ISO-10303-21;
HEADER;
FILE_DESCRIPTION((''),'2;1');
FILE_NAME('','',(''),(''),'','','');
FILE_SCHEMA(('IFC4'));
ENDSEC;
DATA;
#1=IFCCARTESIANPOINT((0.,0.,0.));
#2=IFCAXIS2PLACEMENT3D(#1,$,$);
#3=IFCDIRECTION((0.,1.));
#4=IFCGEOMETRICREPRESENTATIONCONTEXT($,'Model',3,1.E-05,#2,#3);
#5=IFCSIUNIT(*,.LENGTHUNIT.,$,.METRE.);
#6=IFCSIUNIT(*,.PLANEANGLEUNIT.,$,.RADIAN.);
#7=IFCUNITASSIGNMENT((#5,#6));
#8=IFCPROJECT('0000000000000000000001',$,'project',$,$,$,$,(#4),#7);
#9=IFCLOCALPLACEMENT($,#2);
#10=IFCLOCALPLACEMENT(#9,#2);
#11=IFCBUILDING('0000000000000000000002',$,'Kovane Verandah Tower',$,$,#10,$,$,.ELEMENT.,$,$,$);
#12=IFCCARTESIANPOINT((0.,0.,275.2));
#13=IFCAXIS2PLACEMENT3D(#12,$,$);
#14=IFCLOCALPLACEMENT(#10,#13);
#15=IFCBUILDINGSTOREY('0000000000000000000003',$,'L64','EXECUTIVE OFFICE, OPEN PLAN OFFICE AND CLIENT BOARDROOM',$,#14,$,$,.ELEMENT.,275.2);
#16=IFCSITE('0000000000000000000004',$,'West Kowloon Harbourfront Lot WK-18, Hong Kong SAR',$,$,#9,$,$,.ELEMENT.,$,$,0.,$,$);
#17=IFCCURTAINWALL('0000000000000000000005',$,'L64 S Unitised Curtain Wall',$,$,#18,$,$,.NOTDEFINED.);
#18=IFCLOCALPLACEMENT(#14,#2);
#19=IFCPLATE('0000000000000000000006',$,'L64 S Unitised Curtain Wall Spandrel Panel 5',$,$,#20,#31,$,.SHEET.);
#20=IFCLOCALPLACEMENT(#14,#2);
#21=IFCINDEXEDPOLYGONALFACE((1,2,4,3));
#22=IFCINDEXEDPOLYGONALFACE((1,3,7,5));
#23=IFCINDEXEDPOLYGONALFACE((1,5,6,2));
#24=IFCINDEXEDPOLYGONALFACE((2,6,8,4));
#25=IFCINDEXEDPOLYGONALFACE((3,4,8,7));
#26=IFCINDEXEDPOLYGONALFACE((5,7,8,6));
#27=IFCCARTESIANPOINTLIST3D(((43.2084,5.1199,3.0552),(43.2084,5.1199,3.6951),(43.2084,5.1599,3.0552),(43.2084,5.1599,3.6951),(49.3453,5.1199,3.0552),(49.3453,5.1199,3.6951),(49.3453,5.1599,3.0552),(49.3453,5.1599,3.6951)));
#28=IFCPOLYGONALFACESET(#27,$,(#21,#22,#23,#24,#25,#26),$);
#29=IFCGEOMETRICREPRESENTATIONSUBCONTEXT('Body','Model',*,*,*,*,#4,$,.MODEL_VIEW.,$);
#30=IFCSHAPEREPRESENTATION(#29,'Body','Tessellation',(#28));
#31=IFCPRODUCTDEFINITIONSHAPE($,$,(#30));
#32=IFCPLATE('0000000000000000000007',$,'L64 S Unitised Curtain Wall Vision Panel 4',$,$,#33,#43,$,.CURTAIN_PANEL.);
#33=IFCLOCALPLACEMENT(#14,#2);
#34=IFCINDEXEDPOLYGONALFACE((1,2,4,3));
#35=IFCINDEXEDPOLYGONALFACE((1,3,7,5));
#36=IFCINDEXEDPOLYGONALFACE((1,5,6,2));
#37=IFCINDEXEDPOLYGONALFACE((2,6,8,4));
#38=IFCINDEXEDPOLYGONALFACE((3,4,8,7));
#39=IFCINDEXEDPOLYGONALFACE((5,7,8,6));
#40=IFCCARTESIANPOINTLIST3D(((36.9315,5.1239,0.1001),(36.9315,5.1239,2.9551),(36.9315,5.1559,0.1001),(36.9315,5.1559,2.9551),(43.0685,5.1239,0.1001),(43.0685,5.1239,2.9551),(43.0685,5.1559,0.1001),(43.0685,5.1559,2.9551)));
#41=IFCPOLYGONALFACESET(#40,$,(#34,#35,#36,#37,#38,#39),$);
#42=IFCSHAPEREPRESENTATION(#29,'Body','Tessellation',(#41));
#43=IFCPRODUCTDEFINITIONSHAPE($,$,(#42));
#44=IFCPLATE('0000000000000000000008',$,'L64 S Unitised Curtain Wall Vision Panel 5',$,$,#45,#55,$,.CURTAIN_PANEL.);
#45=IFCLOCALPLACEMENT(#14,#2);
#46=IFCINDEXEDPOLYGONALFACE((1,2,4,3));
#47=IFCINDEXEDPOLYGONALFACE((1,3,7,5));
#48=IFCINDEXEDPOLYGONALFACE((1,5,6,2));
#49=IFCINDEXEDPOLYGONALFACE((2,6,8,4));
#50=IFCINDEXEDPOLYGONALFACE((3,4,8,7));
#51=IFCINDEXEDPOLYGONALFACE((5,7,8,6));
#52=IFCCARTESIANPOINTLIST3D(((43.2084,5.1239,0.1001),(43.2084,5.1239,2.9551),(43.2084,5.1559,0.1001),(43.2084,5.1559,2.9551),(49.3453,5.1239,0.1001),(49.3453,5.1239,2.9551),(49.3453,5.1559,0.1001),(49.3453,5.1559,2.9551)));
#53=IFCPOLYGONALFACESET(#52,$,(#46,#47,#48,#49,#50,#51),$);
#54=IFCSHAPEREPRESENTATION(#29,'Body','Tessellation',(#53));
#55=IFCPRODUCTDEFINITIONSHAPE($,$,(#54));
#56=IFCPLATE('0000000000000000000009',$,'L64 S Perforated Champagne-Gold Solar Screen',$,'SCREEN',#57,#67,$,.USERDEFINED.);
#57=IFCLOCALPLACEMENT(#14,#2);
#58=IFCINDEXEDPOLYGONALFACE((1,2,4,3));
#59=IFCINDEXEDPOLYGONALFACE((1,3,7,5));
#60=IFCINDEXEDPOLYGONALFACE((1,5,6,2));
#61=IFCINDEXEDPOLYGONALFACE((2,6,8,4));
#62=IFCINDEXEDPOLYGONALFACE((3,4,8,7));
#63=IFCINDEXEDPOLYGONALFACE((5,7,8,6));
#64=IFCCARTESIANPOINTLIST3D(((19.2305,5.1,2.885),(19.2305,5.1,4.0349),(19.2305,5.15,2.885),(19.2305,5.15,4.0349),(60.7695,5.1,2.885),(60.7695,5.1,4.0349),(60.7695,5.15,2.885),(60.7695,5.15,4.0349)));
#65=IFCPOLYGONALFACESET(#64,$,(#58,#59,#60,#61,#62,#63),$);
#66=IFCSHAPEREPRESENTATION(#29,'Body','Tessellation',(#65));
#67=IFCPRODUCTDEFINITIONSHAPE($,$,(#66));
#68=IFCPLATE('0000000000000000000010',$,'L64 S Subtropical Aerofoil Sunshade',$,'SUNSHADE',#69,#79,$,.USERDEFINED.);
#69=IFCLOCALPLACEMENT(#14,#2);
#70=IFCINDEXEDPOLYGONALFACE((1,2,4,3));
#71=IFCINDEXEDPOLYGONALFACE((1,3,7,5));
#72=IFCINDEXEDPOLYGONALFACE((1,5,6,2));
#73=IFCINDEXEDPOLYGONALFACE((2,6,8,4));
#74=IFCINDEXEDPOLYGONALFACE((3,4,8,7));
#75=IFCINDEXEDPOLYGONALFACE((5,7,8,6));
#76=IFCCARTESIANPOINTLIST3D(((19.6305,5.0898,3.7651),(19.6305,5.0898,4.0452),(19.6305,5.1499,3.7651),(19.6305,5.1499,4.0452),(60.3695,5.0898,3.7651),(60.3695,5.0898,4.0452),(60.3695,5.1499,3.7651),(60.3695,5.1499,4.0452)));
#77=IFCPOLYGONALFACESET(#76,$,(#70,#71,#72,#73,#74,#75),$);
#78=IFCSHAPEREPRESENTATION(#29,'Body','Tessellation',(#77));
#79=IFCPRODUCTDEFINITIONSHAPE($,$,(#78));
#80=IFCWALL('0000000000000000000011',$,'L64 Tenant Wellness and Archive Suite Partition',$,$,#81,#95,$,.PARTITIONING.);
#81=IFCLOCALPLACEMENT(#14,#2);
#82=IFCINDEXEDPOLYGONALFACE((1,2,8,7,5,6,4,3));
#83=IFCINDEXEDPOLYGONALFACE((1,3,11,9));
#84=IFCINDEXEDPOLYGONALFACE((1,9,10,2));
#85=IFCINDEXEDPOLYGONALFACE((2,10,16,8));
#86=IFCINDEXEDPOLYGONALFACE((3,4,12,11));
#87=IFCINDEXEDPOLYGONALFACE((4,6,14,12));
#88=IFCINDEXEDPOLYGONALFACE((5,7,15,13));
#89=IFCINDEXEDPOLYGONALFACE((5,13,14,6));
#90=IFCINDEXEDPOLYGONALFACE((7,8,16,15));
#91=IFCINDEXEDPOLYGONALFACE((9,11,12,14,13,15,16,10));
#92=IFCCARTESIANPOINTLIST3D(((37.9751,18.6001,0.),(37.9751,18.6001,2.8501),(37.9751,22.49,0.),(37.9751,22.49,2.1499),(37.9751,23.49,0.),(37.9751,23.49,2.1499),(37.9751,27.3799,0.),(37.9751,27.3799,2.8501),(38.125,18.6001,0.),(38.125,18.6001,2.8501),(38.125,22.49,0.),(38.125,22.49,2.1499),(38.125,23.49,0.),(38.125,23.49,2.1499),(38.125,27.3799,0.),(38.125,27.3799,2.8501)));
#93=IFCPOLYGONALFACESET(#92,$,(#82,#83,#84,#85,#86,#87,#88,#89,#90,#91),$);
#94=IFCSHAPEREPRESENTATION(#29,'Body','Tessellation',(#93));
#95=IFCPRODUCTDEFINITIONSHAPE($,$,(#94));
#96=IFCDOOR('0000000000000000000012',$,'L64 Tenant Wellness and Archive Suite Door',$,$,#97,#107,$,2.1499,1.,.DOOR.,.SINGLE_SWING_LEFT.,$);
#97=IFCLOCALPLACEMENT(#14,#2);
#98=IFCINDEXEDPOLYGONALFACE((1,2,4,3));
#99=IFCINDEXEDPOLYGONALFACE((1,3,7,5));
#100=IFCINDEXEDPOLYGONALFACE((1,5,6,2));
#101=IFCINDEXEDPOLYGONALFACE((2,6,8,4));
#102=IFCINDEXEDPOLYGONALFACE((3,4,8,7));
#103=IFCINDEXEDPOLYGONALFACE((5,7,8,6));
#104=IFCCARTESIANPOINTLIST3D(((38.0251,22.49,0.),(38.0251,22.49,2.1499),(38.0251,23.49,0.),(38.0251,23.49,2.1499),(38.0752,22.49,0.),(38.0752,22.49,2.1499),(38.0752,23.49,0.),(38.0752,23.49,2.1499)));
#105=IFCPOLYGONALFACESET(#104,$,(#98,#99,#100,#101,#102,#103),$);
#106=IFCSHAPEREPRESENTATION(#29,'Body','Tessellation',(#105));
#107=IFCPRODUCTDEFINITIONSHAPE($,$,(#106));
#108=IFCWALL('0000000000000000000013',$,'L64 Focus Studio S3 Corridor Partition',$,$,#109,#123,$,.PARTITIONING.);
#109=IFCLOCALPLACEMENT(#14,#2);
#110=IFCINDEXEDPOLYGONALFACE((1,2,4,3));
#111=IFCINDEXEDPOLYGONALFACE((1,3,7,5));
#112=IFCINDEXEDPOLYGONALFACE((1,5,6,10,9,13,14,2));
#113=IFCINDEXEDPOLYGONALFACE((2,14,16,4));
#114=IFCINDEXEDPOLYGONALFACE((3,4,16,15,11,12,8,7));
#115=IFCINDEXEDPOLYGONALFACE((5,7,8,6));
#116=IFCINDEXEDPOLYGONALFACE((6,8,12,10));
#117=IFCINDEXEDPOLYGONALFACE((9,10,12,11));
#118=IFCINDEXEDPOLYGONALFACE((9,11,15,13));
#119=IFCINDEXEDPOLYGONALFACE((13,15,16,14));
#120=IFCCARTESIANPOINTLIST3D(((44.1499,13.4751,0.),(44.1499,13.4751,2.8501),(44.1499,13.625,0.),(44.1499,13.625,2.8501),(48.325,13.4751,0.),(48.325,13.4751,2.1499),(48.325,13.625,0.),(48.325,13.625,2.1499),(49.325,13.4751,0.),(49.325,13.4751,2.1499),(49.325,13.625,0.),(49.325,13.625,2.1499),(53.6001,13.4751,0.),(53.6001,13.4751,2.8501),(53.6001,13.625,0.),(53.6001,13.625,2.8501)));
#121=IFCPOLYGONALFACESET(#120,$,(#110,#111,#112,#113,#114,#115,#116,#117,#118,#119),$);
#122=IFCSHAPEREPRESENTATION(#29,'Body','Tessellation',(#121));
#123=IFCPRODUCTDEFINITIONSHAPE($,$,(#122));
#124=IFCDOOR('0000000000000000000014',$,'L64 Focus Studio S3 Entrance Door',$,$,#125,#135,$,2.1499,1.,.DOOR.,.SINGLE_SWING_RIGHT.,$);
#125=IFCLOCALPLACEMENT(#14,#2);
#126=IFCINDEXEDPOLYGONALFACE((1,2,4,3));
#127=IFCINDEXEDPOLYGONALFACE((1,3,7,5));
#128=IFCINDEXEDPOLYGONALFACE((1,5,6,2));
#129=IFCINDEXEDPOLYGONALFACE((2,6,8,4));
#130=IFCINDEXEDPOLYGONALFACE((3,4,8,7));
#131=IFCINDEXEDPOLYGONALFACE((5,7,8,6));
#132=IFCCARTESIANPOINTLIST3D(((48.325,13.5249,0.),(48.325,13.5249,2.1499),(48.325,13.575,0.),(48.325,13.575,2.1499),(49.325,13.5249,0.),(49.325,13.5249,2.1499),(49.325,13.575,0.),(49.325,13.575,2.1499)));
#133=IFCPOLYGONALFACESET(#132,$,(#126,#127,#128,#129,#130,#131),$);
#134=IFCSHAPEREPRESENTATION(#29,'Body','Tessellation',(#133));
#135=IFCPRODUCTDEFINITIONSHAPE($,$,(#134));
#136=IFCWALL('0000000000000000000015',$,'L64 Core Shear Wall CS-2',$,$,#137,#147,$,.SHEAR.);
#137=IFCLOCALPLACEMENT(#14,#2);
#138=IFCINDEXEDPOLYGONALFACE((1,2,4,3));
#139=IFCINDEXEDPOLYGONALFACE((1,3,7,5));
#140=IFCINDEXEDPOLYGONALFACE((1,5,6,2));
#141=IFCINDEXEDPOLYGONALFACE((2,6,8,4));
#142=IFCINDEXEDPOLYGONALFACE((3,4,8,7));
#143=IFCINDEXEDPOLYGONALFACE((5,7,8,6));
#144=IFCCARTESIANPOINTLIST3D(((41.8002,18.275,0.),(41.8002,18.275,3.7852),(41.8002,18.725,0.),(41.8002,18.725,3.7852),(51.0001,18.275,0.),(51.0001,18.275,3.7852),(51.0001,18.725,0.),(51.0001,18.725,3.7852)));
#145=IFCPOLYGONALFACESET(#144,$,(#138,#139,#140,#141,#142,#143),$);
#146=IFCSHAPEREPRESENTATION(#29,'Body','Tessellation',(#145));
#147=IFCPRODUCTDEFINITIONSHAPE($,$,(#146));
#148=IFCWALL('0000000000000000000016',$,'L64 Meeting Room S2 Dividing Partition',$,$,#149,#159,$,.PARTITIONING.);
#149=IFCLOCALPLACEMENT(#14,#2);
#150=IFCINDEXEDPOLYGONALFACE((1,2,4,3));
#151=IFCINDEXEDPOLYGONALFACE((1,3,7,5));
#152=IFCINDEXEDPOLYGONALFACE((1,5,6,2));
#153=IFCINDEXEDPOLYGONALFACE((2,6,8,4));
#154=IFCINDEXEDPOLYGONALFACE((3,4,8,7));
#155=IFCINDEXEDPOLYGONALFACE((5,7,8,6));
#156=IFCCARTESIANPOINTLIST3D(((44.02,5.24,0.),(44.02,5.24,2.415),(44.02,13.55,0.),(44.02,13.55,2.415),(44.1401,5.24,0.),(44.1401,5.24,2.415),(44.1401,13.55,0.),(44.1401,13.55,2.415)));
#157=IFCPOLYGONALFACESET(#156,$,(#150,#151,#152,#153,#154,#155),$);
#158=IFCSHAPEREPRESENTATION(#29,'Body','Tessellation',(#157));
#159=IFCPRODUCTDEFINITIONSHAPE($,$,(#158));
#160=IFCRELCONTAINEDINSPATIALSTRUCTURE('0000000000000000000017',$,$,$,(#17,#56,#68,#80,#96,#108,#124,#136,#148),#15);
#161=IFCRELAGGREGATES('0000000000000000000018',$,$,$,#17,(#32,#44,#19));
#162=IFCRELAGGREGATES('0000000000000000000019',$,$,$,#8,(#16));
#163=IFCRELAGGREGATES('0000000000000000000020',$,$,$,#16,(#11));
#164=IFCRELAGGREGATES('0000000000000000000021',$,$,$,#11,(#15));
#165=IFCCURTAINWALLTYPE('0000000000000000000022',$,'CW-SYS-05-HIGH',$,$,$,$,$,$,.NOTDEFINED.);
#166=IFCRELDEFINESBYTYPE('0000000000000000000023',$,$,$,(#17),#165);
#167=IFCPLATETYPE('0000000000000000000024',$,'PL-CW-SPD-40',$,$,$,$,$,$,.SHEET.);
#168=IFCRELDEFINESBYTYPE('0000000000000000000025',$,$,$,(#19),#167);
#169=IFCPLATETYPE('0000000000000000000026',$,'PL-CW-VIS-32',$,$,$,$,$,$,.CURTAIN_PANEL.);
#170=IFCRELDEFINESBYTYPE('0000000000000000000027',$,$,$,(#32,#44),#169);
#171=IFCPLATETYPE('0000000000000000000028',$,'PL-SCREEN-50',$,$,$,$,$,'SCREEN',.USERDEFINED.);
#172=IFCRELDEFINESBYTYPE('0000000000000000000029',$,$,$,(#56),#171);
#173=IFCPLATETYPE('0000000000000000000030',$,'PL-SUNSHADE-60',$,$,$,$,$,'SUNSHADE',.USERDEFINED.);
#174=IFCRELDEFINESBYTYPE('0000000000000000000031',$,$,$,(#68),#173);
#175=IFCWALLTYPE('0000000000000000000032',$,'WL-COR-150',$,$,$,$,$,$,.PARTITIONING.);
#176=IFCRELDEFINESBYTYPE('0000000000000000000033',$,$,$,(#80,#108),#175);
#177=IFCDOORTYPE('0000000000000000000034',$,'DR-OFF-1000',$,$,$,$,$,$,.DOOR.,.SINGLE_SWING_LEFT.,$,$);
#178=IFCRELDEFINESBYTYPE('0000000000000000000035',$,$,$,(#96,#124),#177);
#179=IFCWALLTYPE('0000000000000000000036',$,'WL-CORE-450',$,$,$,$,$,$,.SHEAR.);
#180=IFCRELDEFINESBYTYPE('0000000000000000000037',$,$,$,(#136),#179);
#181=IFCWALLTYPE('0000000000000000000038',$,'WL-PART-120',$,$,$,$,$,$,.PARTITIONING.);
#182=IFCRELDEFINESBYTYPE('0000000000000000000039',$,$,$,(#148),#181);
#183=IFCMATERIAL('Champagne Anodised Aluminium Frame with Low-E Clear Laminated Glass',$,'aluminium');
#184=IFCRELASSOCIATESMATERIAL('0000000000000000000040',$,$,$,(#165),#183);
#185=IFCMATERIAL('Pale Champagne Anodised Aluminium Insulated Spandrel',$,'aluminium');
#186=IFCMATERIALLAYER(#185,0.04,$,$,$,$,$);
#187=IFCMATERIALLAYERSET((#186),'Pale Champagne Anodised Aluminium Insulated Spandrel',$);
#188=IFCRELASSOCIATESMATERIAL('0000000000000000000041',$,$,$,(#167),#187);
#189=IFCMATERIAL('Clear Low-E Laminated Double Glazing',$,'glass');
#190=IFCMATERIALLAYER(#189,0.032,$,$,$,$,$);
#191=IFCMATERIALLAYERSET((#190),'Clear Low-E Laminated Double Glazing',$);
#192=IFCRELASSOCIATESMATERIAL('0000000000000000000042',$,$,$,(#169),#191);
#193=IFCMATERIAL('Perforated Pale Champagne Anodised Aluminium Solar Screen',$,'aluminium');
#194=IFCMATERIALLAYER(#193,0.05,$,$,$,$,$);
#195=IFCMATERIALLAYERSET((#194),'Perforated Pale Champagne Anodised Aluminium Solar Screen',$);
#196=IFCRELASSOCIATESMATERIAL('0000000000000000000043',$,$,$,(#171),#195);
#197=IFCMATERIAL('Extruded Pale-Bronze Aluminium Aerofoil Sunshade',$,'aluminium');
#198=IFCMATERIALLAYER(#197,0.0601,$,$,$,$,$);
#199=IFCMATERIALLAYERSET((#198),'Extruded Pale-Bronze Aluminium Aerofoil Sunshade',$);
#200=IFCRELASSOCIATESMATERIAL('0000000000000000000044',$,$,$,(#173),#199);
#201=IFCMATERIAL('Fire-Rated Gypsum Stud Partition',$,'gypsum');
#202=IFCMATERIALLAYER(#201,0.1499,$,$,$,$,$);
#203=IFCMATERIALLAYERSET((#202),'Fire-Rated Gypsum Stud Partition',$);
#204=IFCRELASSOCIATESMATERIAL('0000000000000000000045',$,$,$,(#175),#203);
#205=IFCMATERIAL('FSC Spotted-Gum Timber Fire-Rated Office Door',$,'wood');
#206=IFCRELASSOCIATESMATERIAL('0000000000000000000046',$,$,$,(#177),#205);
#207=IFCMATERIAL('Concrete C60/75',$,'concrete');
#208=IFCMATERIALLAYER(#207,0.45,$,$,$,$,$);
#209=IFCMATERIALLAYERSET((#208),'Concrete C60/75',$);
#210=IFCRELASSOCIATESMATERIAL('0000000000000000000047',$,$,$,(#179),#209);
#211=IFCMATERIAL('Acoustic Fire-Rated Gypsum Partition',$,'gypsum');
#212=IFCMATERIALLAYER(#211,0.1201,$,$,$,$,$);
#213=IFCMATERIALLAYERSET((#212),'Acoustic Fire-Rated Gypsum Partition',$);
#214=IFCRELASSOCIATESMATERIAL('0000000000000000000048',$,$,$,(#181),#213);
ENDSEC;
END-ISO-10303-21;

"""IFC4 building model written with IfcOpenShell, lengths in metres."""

from ifc_helpers import new_model, si_unit, direction, frame, frame_2d, origin, origin_2d, place, context, subcontext, project, spatial, rectangle, extrude, material, layer, layer_set, type_object, element, fill, aggregate, save


model = new_model("IFC4")

# Units and contexts
model_context = context("Model", 3, precision=1e-05, world=origin(), true_north=direction((0.0, 1.0)))
body_context = subcontext(model_context, "Body", "Model", "MODEL_VIEW")
ifc_project = project(units=[si_unit("LENGTHUNIT", "METRE"), si_unit("PLANEANGLEUNIT", "RADIAN")], contexts=[model_context])

# Site, building, storey
site_placement = place(None, origin())
site = spatial("IfcSite", under=ifc_project, at=site_placement, Name="West Kowloon Harbourfront Lot WK-18, Hong Kong SAR", CompositionType="ELEMENT", RefElevation=0.0)
building_placement = place(site_placement, origin())
building = spatial("IfcBuilding", under=site, at=building_placement, Name="Kovane Verandah Tower", CompositionType="ELEMENT")
storey_placement = place(building_placement, frame((0.0, 0.0, 275.2)))
storey = spatial("IfcBuildingStorey", under=building, at=storey_placement, Name="L64", Description="EXECUTIVE OFFICE, OPEN PLAN OFFICE AND CLIENT BOARDROOM", CompositionType="ELEMENT", Elevation=275.2)

# Shared definitions
ifc_material_1 = material(Name="Concrete C60/75", Category="concrete")

# Curtain wall, plates
ifc_material_2 = material(Name="Champagne Anodised Aluminium Frame with Low-E Clear Laminated Glass", Category="aluminium")
curtain_wall_type = type_object("IfcCurtainWallType", Name="CW-SYS-05-HIGH", PredefinedType="NOTDEFINED", material=ifc_material_2)
curtain_wall_placement = place(storey_placement, origin())
curtain_wall = element("IfcCurtainWall", 1, at=curtain_wall_placement, inside=storey, type_object=curtain_wall_type, Name="L64 S Unitised Curtain Wall", PredefinedType="NOTDEFINED")
ifc_material_3 = material(Name="Pale Champagne Anodised Aluminium Insulated Spandrel", Category="aluminium")
ifc_layer_1 = layer(ifc_material_3, 0.04)
ifc_layer_set_1 = layer_set([ifc_layer_1], Name="Pale Champagne Anodised Aluminium Insulated Spandrel")
plate_type_1 = type_object("IfcPlateType", Name="PL-CW-SPD-40", PredefinedType="SHEET", material=ifc_layer_set_1)
plate_1_placement = place(storey_placement, frame((46.2769, 5.1399, 3.0552), z_axis=(0.0, 0.0, 1.0), x_axis=(1.0, 0.0, 0.0)))
plate_1 = element("IfcPlate", 2, at=plate_1_placement, type_object=plate_type_1, Name="L64 S Unitised Curtain Wall Spandrel Panel 5", PredefinedType="SHEET", context=body_context, shape_type="SweptSolid", body=[
    extrude(rectangle(XDim=6.137, YDim=0.04, at=origin_2d()), origin(), (0.0, 0.0, 1.0), 0.6399),
])
ifc_material_4 = material(Name="Clear Low-E Laminated Double Glazing", Category="glass")
ifc_layer_2 = layer(ifc_material_4, 0.032)
ifc_layer_set_2 = layer_set([ifc_layer_2], Name="Clear Low-E Laminated Double Glazing")
plate_type_2 = type_object("IfcPlateType", Name="PL-CW-VIS-32", PredefinedType="CURTAIN_PANEL", material=ifc_layer_set_2)
plate_2_placement = place(storey_placement, frame((40.0, 5.1399, 0.1001), z_axis=(0.0, 0.0, 1.0), x_axis=(1.0, 0.0, 0.0)))
plate_2 = element("IfcPlate", 3, at=plate_2_placement, type_object=plate_type_2, Name="L64 S Unitised Curtain Wall Vision Panel 4", PredefinedType="CURTAIN_PANEL", context=body_context, shape_type="SweptSolid", body=[
    extrude(rectangle(XDim=6.137, YDim=0.032, at=origin_2d()), origin(), (0.0, 0.0, 1.0), 2.855),
])
plate_3_placement = place(storey_placement, frame((46.2769, 5.1399, 0.1001), z_axis=(0.0, 0.0, 1.0), x_axis=(1.0, 0.0, 0.0)))
plate_3 = element("IfcPlate", 4, at=plate_3_placement, type_object=plate_type_2, Name="L64 S Unitised Curtain Wall Vision Panel 5", PredefinedType="CURTAIN_PANEL", context=body_context, shape_type="SweptSolid", body=[
    extrude(rectangle(XDim=6.137, YDim=0.032, at=origin_2d()), origin(), (0.0, 0.0, 1.0), 2.855),
])
aggregate(curtain_wall, [plate_2, plate_3, plate_1])

# Plates
ifc_material_5 = material(Name="Perforated Pale Champagne Anodised Aluminium Solar Screen", Category="aluminium")
ifc_layer_3 = layer(ifc_material_5, 0.05)
ifc_layer_set_3 = layer_set([ifc_layer_3], Name="Perforated Pale Champagne Anodised Aluminium Solar Screen")
plate_type_3 = type_object("IfcPlateType", Name="PL-SCREEN-50", ElementType="SCREEN", PredefinedType="USERDEFINED", material=ifc_layer_set_3)
plate_4_placement = place(storey_placement, frame((40.0, 5.125, 2.885), z_axis=(0.0, 0.0, 1.0), x_axis=(1.0, 0.0, 0.0)))
element("IfcPlate", 5, at=plate_4_placement, inside=storey, type_object=plate_type_3, Name="L64 S Perforated Champagne-Gold Solar Screen", ObjectType="SCREEN", PredefinedType="USERDEFINED", context=body_context, shape_type="SweptSolid", body=[
    extrude(rectangle(XDim=41.5391, YDim=0.05, at=origin_2d()), origin(), (0.0, 0.0, 1.0), 1.1499),
])
ifc_material_6 = material(Name="Extruded Pale-Bronze Aluminium Aerofoil Sunshade", Category="aluminium")
ifc_layer_4 = layer(ifc_material_6, 0.0601)
ifc_layer_set_4 = layer_set([ifc_layer_4], Name="Extruded Pale-Bronze Aluminium Aerofoil Sunshade")
plate_type_4 = type_object("IfcPlateType", Name="PL-SUNSHADE-60", ElementType="SUNSHADE", PredefinedType="USERDEFINED", material=ifc_layer_set_4)
plate_5_placement = place(storey_placement, frame((40.0, 5.1199, 3.7651), z_axis=(0.0, 0.0, 1.0), x_axis=(1.0, 0.0, 0.0)))
element("IfcPlate", 6, at=plate_5_placement, inside=storey, type_object=plate_type_4, Name="L64 S Subtropical Aerofoil Sunshade", ObjectType="SUNSHADE", PredefinedType="USERDEFINED", context=body_context, shape_type="SweptSolid", body=[
    extrude(rectangle(XDim=40.739, YDim=0.0601, at=origin_2d()), origin(), (0.0, 0.0, 1.0), 0.28),
])

# Walls, openings, doors
ifc_material_7 = material(Name="Fire-Rated Gypsum Stud Partition", Category="gypsum")
ifc_layer_5 = layer(ifc_material_7, 0.1499)
ifc_layer_set_5 = layer_set([ifc_layer_5], Name="Fire-Rated Gypsum Stud Partition")
wall_type_1 = type_object("IfcWallType", Name="WL-COR-150", PredefinedType="PARTITIONING", material=ifc_layer_set_5)
wall_1_placement = place(storey_placement, frame((38.05, 18.6001, 0.0), z_axis=(0.0, 0.0, 1.0), x_axis=(0.0, 1.0, 0.0)))
wall_1 = element("IfcWall", 7, at=wall_1_placement, inside=storey, type_object=wall_type_1, Name="L64 Tenant Wellness and Archive Suite Partition", PredefinedType="PARTITIONING", context=body_context, shape_type="SweptSolid", body=[
    extrude(rectangle(XDim=8.7798, YDim=0.1499, at=frame_2d((4.3899, 0.0))), origin(), (0.0, 0.0, 1.0), 2.8501),
])
opening_1_placement = place(wall_1_placement, frame((3.8899, 0.0, 0.0)))
opening_1 = element("IfcOpeningElement", 8, at=opening_1_placement, cuts=wall_1, PredefinedType="OPENING", context=body_context, shape_type="SweptSolid", body=[
    extrude(rectangle(XDim=1.0, YDim=2.1499, at=frame_2d((0.5, 1.075))), frame((0.0, 0.075, 0.0), z_axis=(0.0, -1.0, 0.0), x_axis=(1.0, 0.0, 0.0)), (0.0, 0.0, 1.0), 0.1499),
])
ifc_material_8 = material(Name="FSC Spotted-Gum Timber Fire-Rated Office Door", Category="wood")
door_type = type_object("IfcDoorType", Name="DR-OFF-1000", OperationType="SINGLE_SWING_LEFT", PredefinedType="DOOR", material=ifc_material_8)
door_1_placement = place(opening_1_placement, origin())
door_1 = element("IfcDoor", 9, at=door_1_placement, inside=storey, type_object=door_type, Name="L64 Tenant Wellness and Archive Suite Door", OperationType="SINGLE_SWING_LEFT", OverallHeight=2.1499, OverallWidth=1.0, PredefinedType="DOOR", context=body_context, shape_type="SweptSolid", body=[
    extrude(rectangle(XDim=1.0, YDim=2.1499, at=frame_2d((0.5, 1.075))), frame((0.0, 0.0249, 0.0), z_axis=(0.0, -1.0, 0.0), x_axis=(1.0, 0.0, 0.0)), (0.0, 0.0, 1.0), 0.05),
])
fill(opening_1, door_1)
wall_2_placement = place(storey_placement, frame((44.1499, 13.55, 0.0), z_axis=(0.0, 0.0, 1.0), x_axis=(1.0, 0.0, 0.0)))
wall_2 = element("IfcWall", 10, at=wall_2_placement, inside=storey, type_object=wall_type_1, Name="L64 Focus Studio S3 Corridor Partition", PredefinedType="PARTITIONING", context=body_context, shape_type="SweptSolid", body=[
    extrude(rectangle(XDim=9.4502, YDim=0.1499, at=frame_2d((4.7251, 0.0))), origin(), (0.0, 0.0, 1.0), 2.8501),
])
opening_2_placement = place(wall_2_placement, frame((4.175, 0.0, 0.0)))
opening_2 = element("IfcOpeningElement", 11, at=opening_2_placement, cuts=wall_2, PredefinedType="OPENING", context=body_context, shape_type="SweptSolid", body=[
    extrude(rectangle(XDim=1.0, YDim=2.1499, at=frame_2d((0.5, 1.075))), frame((0.0, 0.075, 0.0), z_axis=(0.0, -1.0, 0.0), x_axis=(1.0, 0.0, 0.0)), (0.0, 0.0, 1.0), 0.1499),
])
door_2_placement = place(opening_2_placement, origin())
door_2 = element("IfcDoor", 12, at=door_2_placement, inside=storey, type_object=door_type, Name="L64 Focus Studio S3 Entrance Door", OperationType="SINGLE_SWING_RIGHT", OverallHeight=2.1499, OverallWidth=1.0, PredefinedType="DOOR", context=body_context, shape_type="SweptSolid", body=[
    extrude(rectangle(XDim=1.0, YDim=2.1499, at=frame_2d((0.5, 1.075))), frame((0.0, 0.0249, 0.0), z_axis=(0.0, -1.0, 0.0), x_axis=(1.0, 0.0, 0.0)), (0.0, 0.0, 1.0), 0.05),
])
fill(opening_2, door_2)

# Walls
ifc_layer_6 = layer(ifc_material_1, 0.45)
ifc_layer_set_6 = layer_set([ifc_layer_6], Name="Concrete C60/75")
wall_type_2 = type_object("IfcWallType", Name="WL-CORE-450", PredefinedType="SHEAR", material=ifc_layer_set_6)
wall_3_placement = place(storey_placement, frame((41.8, 18.5, 0.0), z_axis=(0.0, 0.0, 1.0), x_axis=(1.0, 0.0, 0.0)))
element("IfcWall", 13, at=wall_3_placement, inside=storey, type_object=wall_type_2, Name="L64 Core Shear Wall CS-2", PredefinedType="SHEAR", context=body_context, shape_type="SweptSolid", body=[
    extrude(rectangle(XDim=9.2, YDim=0.45, at=frame_2d((4.6001, 0.0))), origin(), (0.0, 0.0, 1.0), 3.7852),
])
ifc_material_9 = material(Name="Acoustic Fire-Rated Gypsum Partition", Category="gypsum")
ifc_layer_7 = layer(ifc_material_9, 0.1201)
ifc_layer_set_7 = layer_set([ifc_layer_7], Name="Acoustic Fire-Rated Gypsum Partition")
wall_type_3 = type_object("IfcWallType", Name="WL-PART-120", PredefinedType="PARTITIONING", material=ifc_layer_set_7)
wall_4_placement = place(storey_placement, frame((44.0801, 5.24, 0.0), z_axis=(0.0, 0.0, 1.0), x_axis=(0.0, 1.0, 0.0)))
element("IfcWall", 14, at=wall_4_placement, inside=storey, type_object=wall_type_3, Name="L64 Meeting Room S2 Dividing Partition", PredefinedType="PARTITIONING", context=body_context, shape_type="SweptSolid", body=[
    extrude(rectangle(XDim=8.3101, YDim=0.1201, at=frame_2d((4.155, 0.0))), origin(), (0.0, 0.0, 1.0), 2.415),
])

save(model, "model.ifc")
